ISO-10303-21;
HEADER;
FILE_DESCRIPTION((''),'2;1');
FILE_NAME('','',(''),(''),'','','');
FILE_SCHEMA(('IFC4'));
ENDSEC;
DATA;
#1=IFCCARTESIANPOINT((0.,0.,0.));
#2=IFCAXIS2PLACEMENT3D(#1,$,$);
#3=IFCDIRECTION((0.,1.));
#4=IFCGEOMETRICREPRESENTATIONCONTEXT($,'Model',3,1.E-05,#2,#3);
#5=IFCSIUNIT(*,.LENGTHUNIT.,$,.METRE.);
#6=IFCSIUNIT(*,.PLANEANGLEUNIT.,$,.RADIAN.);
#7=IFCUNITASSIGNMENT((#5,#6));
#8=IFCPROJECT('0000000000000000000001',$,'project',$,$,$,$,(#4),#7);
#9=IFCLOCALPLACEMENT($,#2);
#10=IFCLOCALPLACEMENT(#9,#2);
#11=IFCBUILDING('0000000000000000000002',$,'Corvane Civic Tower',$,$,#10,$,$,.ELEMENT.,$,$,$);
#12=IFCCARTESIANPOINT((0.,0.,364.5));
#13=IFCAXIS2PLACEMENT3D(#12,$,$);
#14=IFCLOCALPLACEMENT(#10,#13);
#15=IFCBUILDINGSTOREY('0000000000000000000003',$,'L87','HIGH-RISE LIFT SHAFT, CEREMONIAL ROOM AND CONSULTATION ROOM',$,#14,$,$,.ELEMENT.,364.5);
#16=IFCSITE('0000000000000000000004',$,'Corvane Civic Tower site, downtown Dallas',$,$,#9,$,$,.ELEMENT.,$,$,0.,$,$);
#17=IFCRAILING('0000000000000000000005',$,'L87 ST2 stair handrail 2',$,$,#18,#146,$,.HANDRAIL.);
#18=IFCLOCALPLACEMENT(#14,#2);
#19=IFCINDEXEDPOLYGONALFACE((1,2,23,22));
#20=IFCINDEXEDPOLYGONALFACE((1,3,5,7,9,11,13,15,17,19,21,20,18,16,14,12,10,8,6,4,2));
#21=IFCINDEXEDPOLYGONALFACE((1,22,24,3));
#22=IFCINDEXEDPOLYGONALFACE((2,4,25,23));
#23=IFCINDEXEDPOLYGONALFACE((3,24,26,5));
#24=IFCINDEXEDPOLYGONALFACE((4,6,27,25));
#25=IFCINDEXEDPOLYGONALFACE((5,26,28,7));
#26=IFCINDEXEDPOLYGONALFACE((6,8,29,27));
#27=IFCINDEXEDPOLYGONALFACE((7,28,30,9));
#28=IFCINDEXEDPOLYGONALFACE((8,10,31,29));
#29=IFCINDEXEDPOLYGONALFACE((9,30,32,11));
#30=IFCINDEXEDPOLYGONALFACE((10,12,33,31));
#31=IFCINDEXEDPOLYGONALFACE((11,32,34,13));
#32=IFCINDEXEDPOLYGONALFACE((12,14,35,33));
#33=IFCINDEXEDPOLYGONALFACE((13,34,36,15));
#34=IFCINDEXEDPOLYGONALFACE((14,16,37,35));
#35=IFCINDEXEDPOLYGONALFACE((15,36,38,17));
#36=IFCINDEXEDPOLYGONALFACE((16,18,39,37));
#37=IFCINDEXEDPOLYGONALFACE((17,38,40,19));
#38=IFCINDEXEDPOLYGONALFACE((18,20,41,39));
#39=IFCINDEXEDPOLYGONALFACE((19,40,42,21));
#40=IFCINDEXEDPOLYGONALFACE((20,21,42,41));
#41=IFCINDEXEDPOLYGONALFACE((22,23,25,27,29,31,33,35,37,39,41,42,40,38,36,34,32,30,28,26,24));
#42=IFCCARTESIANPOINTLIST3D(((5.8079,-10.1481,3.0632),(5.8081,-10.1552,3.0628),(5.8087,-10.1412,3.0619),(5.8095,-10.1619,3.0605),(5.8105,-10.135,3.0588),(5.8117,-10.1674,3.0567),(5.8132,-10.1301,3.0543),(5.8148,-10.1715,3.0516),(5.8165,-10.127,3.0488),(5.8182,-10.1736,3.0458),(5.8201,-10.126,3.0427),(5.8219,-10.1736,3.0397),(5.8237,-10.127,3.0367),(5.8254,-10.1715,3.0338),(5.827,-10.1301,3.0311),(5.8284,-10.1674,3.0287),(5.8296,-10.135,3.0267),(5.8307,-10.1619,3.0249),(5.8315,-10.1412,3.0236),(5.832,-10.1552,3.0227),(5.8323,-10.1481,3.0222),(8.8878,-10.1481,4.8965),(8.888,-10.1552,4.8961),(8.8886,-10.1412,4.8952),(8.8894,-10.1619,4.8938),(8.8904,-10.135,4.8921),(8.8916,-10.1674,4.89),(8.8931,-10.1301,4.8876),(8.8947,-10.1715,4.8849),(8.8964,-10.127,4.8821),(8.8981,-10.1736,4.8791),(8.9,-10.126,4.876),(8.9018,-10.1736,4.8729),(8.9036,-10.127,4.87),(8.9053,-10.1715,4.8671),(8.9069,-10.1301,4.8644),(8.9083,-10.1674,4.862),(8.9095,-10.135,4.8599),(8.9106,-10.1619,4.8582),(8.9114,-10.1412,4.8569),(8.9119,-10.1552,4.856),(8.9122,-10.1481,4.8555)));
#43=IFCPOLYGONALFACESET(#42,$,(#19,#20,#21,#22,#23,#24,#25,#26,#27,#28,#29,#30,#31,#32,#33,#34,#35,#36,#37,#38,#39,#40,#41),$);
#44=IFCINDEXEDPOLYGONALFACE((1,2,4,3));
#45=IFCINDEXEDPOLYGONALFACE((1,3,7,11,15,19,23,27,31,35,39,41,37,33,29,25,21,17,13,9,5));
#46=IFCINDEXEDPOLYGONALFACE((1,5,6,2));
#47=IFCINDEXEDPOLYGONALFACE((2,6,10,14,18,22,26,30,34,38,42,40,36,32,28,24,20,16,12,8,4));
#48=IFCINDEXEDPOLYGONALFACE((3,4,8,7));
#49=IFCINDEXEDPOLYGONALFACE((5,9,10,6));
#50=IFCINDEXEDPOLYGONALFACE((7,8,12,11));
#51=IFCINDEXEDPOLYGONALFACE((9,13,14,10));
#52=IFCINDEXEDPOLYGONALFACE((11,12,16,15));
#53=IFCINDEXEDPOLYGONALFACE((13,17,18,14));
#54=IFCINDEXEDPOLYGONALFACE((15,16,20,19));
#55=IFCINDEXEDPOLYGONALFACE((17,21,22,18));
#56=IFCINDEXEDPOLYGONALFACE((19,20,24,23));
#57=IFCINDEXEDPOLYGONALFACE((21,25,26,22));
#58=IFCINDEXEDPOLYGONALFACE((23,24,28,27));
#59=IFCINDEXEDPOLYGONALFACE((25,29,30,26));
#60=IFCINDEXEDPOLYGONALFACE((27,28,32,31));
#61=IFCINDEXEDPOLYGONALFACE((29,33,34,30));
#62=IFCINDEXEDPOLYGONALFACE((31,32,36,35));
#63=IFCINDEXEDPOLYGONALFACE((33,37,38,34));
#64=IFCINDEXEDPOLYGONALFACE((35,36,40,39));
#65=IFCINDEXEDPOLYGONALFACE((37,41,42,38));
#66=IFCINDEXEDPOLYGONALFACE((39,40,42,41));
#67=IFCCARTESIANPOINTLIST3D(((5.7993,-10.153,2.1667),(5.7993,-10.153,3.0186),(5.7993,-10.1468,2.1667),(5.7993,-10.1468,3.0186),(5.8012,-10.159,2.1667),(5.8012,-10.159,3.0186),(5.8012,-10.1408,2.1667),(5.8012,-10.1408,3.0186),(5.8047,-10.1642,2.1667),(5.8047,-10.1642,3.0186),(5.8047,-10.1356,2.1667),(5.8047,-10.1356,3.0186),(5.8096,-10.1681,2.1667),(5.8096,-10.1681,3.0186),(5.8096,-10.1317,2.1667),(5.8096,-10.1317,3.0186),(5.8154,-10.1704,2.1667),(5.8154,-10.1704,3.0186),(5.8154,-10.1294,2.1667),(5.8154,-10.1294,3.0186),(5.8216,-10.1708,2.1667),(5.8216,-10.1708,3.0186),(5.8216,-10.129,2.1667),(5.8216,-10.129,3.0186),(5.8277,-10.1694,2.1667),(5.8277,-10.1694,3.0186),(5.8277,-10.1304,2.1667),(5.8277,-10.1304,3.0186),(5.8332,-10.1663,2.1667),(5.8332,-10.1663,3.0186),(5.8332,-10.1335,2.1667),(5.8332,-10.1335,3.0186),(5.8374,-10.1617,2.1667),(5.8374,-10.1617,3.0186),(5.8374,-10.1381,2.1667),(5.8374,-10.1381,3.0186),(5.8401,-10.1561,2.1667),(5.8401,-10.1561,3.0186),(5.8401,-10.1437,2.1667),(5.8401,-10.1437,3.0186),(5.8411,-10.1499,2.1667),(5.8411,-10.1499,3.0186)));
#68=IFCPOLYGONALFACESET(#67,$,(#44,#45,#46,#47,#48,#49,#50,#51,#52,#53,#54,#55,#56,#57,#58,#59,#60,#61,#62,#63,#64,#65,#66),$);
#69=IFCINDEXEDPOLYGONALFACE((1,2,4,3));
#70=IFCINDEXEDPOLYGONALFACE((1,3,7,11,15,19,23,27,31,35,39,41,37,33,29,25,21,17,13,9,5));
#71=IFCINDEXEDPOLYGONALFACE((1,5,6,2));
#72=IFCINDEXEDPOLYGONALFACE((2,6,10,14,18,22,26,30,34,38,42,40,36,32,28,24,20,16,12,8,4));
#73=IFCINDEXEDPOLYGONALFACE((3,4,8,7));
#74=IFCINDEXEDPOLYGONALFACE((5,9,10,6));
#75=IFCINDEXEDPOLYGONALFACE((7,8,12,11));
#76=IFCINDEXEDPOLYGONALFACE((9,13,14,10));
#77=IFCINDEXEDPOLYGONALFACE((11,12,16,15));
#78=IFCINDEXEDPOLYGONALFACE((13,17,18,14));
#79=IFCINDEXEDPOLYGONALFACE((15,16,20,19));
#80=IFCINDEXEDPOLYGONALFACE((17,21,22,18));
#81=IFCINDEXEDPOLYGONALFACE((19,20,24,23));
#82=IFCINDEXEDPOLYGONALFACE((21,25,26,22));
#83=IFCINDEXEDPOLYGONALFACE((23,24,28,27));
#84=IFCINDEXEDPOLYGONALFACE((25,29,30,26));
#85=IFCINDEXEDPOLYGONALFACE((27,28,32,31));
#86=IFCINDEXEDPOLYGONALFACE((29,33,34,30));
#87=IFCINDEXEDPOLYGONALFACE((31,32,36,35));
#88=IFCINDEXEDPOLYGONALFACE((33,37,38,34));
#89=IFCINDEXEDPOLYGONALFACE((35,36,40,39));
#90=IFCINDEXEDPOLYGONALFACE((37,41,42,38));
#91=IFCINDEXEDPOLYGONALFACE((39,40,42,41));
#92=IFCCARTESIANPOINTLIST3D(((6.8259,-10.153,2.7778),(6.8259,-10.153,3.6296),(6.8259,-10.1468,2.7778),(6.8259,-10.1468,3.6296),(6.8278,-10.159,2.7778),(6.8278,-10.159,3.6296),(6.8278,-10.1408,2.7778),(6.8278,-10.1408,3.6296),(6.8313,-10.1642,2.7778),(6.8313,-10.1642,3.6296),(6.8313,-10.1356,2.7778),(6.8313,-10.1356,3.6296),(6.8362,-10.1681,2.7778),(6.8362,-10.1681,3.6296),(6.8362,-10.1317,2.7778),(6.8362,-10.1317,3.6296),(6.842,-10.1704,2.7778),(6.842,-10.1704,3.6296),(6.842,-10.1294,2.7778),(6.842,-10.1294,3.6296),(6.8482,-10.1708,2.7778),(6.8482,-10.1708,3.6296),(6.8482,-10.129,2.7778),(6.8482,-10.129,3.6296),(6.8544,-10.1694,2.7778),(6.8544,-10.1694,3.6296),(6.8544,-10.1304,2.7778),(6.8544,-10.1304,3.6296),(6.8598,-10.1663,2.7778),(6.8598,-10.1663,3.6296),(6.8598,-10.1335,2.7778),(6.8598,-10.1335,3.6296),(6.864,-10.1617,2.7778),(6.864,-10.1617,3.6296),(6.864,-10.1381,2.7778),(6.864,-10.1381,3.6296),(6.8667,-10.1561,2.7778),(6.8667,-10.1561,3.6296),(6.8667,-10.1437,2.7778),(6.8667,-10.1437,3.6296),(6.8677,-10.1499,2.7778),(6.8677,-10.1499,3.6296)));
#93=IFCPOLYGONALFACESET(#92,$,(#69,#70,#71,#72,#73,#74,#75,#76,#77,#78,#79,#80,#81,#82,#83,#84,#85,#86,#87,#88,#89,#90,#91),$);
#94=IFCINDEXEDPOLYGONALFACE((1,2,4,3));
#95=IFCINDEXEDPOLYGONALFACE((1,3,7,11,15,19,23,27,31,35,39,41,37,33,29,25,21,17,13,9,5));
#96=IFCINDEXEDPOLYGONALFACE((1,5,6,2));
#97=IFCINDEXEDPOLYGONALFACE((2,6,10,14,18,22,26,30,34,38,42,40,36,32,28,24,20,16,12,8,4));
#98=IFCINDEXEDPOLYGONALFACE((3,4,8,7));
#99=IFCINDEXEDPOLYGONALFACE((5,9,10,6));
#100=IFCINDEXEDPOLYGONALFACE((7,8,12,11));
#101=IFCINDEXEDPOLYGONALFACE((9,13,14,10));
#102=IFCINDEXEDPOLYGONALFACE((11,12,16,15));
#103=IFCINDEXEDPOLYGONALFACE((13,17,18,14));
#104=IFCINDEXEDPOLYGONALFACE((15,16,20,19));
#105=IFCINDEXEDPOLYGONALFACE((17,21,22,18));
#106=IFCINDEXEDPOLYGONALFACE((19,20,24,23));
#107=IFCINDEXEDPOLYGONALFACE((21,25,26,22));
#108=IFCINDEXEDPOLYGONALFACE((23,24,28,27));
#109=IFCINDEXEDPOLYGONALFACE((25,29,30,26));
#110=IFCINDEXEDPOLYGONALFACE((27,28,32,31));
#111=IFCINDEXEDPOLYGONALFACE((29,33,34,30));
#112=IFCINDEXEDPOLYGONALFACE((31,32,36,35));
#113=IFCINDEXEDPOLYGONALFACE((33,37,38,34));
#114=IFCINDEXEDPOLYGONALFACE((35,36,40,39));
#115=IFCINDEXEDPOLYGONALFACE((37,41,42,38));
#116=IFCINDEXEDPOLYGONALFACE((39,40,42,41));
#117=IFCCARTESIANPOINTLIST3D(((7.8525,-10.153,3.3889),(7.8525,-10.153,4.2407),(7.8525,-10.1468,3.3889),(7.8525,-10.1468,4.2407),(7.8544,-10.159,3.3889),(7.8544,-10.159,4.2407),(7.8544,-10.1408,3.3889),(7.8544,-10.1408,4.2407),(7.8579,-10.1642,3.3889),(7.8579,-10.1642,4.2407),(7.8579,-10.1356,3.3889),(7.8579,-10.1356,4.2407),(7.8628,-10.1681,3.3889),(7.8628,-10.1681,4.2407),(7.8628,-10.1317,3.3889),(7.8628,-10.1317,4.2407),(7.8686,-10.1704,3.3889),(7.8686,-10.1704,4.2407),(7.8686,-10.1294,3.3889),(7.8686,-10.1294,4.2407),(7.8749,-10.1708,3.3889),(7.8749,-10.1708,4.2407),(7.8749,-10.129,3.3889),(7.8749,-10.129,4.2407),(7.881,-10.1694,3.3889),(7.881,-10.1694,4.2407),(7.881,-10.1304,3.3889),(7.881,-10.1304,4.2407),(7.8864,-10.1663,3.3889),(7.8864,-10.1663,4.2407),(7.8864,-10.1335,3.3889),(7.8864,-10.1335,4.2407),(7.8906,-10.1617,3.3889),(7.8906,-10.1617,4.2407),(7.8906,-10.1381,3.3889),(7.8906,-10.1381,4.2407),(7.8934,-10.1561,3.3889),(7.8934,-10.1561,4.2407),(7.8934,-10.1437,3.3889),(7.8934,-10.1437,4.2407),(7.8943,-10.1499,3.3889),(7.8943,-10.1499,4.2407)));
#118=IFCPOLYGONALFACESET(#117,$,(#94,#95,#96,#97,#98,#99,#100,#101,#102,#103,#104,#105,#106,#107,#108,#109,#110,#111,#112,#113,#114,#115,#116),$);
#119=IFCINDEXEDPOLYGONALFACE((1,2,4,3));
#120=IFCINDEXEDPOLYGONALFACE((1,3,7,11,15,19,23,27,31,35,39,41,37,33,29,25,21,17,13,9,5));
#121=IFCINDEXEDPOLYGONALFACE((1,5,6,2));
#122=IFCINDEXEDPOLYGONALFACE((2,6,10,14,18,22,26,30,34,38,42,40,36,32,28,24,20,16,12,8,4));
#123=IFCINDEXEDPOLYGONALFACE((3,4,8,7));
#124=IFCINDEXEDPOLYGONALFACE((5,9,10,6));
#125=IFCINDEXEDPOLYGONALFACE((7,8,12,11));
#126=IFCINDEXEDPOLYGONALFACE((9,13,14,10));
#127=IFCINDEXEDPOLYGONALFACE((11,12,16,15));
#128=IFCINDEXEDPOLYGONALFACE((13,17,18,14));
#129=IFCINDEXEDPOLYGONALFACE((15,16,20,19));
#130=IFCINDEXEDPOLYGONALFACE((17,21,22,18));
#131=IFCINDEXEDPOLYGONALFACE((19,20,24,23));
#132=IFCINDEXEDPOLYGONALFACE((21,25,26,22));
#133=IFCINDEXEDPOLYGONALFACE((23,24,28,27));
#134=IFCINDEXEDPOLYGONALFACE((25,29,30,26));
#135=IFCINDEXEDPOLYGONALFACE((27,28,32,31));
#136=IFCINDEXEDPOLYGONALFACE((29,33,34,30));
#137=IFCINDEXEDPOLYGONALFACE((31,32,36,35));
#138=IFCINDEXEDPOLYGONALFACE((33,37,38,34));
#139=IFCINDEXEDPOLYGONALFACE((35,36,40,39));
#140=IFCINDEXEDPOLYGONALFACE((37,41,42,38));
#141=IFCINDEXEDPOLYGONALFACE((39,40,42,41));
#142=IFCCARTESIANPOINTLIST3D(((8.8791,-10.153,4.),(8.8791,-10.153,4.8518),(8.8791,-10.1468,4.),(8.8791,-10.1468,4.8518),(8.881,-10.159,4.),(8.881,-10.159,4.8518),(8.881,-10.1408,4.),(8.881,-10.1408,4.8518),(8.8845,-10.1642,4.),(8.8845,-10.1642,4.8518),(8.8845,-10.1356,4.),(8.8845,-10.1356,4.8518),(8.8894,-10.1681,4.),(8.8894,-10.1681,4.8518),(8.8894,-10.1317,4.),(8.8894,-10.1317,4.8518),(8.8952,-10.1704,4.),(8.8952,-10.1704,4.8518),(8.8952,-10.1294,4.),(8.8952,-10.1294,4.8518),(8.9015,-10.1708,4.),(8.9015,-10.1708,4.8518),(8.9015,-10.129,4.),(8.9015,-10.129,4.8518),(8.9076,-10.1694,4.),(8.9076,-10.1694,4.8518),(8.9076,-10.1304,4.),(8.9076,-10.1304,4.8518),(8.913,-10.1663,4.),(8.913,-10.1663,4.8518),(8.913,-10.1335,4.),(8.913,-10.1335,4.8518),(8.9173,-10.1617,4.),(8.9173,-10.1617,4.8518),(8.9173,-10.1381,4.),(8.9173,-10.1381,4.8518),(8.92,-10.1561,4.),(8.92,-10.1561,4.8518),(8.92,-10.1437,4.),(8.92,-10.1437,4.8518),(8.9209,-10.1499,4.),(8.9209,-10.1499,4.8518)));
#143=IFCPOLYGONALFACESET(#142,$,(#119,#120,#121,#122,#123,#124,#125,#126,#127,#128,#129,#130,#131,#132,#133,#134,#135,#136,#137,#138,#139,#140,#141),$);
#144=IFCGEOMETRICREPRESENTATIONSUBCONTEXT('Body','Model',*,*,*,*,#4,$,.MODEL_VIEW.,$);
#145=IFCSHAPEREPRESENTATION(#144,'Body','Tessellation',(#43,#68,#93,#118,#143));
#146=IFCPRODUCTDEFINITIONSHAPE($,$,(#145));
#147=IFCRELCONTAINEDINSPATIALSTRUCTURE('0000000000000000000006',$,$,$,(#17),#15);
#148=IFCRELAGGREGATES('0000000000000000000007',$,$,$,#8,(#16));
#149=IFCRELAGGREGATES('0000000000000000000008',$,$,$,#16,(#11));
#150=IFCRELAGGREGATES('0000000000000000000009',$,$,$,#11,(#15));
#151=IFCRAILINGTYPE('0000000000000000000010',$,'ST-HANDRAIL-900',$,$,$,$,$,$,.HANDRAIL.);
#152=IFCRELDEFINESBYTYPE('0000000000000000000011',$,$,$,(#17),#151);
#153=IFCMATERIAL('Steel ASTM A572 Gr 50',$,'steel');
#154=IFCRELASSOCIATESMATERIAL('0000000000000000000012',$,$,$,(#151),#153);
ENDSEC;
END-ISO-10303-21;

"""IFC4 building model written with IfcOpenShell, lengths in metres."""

from ifc_helpers import new_model, si_unit, direction, frame, origin, origin_2d, place, context, subcontext, project, spatial, circle, extrude, material, type_object, element, save


model = new_model("IFC4")

# Units and contexts
model_context = context("Model", 3, precision=1e-05, world=origin(), true_north=direction((0.0, 1.0)))
body_context = subcontext(model_context, "Body", "Model", "MODEL_VIEW")
ifc_project = project(units=[si_unit("LENGTHUNIT", "METRE"), si_unit("PLANEANGLEUNIT", "RADIAN")], contexts=[model_context])

# Site, building, storey
site_placement = place(None, origin())
site = spatial("IfcSite", under=ifc_project, at=site_placement, Name="Corvane Civic Tower site, downtown Dallas", CompositionType="ELEMENT", RefElevation=0.0)
building_placement = place(site_placement, origin())
building = spatial("IfcBuilding", under=site, at=building_placement, Name="Corvane Civic Tower", CompositionType="ELEMENT")
storey_placement = place(building_placement, frame((0.0, 0.0, 364.5)))
storey = spatial("IfcBuildingStorey", under=building, at=storey_placement, Name="L87", Description="HIGH-RISE LIFT SHAFT, CEREMONIAL ROOM AND CONSULTATION ROOM", CompositionType="ELEMENT", Elevation=364.5)

# Railing
ifc_material_1 = material(Name="Steel ASTM A572 Gr 50", Category="steel")
railing_type_1 = type_object("IfcRailingType", Name="ST-HANDRAIL-900", PredefinedType="HANDRAIL", material=ifc_material_1)
railing_1_placement = place(storey_placement, frame((5.8201, -10.1499, 2.1667)))
element("IfcRailing", 1, at=railing_1_placement, inside=storey, type_object=railing_type_1, Name="L87 ST2 stair handrail 2", PredefinedType="HANDRAIL", context=body_context, shape_type="SweptSolid", body=[
    extrude(circle(Radius=0.0239, at=origin_2d()), frame((0.0, 0.0, 0.876), z_axis=(0.859291, 0.0, 0.511487), x_axis=(0.0, 1.0, 0.0)), (0.0, 0.0, 1.0), 3.5842),
    extrude(circle(Radius=0.021, at=origin_2d()), origin(), (0.0, 0.0, 1.0), 0.8518),
    extrude(circle(Radius=0.021, at=origin_2d()), frame((1.0266, 0.0, 0.6111)), (0.0, 0.0, 1.0), 0.8518),
    extrude(circle(Radius=0.021, at=origin_2d()), frame((2.0532, 0.0, 1.2222)), (0.0, 0.0, 1.0), 0.8518),
    extrude(circle(Radius=0.021, at=origin_2d()), frame((3.0798, 0.0, 1.8333)), (0.0, 0.0, 1.0), 0.8518),
])

save(model, "model.ifc")
